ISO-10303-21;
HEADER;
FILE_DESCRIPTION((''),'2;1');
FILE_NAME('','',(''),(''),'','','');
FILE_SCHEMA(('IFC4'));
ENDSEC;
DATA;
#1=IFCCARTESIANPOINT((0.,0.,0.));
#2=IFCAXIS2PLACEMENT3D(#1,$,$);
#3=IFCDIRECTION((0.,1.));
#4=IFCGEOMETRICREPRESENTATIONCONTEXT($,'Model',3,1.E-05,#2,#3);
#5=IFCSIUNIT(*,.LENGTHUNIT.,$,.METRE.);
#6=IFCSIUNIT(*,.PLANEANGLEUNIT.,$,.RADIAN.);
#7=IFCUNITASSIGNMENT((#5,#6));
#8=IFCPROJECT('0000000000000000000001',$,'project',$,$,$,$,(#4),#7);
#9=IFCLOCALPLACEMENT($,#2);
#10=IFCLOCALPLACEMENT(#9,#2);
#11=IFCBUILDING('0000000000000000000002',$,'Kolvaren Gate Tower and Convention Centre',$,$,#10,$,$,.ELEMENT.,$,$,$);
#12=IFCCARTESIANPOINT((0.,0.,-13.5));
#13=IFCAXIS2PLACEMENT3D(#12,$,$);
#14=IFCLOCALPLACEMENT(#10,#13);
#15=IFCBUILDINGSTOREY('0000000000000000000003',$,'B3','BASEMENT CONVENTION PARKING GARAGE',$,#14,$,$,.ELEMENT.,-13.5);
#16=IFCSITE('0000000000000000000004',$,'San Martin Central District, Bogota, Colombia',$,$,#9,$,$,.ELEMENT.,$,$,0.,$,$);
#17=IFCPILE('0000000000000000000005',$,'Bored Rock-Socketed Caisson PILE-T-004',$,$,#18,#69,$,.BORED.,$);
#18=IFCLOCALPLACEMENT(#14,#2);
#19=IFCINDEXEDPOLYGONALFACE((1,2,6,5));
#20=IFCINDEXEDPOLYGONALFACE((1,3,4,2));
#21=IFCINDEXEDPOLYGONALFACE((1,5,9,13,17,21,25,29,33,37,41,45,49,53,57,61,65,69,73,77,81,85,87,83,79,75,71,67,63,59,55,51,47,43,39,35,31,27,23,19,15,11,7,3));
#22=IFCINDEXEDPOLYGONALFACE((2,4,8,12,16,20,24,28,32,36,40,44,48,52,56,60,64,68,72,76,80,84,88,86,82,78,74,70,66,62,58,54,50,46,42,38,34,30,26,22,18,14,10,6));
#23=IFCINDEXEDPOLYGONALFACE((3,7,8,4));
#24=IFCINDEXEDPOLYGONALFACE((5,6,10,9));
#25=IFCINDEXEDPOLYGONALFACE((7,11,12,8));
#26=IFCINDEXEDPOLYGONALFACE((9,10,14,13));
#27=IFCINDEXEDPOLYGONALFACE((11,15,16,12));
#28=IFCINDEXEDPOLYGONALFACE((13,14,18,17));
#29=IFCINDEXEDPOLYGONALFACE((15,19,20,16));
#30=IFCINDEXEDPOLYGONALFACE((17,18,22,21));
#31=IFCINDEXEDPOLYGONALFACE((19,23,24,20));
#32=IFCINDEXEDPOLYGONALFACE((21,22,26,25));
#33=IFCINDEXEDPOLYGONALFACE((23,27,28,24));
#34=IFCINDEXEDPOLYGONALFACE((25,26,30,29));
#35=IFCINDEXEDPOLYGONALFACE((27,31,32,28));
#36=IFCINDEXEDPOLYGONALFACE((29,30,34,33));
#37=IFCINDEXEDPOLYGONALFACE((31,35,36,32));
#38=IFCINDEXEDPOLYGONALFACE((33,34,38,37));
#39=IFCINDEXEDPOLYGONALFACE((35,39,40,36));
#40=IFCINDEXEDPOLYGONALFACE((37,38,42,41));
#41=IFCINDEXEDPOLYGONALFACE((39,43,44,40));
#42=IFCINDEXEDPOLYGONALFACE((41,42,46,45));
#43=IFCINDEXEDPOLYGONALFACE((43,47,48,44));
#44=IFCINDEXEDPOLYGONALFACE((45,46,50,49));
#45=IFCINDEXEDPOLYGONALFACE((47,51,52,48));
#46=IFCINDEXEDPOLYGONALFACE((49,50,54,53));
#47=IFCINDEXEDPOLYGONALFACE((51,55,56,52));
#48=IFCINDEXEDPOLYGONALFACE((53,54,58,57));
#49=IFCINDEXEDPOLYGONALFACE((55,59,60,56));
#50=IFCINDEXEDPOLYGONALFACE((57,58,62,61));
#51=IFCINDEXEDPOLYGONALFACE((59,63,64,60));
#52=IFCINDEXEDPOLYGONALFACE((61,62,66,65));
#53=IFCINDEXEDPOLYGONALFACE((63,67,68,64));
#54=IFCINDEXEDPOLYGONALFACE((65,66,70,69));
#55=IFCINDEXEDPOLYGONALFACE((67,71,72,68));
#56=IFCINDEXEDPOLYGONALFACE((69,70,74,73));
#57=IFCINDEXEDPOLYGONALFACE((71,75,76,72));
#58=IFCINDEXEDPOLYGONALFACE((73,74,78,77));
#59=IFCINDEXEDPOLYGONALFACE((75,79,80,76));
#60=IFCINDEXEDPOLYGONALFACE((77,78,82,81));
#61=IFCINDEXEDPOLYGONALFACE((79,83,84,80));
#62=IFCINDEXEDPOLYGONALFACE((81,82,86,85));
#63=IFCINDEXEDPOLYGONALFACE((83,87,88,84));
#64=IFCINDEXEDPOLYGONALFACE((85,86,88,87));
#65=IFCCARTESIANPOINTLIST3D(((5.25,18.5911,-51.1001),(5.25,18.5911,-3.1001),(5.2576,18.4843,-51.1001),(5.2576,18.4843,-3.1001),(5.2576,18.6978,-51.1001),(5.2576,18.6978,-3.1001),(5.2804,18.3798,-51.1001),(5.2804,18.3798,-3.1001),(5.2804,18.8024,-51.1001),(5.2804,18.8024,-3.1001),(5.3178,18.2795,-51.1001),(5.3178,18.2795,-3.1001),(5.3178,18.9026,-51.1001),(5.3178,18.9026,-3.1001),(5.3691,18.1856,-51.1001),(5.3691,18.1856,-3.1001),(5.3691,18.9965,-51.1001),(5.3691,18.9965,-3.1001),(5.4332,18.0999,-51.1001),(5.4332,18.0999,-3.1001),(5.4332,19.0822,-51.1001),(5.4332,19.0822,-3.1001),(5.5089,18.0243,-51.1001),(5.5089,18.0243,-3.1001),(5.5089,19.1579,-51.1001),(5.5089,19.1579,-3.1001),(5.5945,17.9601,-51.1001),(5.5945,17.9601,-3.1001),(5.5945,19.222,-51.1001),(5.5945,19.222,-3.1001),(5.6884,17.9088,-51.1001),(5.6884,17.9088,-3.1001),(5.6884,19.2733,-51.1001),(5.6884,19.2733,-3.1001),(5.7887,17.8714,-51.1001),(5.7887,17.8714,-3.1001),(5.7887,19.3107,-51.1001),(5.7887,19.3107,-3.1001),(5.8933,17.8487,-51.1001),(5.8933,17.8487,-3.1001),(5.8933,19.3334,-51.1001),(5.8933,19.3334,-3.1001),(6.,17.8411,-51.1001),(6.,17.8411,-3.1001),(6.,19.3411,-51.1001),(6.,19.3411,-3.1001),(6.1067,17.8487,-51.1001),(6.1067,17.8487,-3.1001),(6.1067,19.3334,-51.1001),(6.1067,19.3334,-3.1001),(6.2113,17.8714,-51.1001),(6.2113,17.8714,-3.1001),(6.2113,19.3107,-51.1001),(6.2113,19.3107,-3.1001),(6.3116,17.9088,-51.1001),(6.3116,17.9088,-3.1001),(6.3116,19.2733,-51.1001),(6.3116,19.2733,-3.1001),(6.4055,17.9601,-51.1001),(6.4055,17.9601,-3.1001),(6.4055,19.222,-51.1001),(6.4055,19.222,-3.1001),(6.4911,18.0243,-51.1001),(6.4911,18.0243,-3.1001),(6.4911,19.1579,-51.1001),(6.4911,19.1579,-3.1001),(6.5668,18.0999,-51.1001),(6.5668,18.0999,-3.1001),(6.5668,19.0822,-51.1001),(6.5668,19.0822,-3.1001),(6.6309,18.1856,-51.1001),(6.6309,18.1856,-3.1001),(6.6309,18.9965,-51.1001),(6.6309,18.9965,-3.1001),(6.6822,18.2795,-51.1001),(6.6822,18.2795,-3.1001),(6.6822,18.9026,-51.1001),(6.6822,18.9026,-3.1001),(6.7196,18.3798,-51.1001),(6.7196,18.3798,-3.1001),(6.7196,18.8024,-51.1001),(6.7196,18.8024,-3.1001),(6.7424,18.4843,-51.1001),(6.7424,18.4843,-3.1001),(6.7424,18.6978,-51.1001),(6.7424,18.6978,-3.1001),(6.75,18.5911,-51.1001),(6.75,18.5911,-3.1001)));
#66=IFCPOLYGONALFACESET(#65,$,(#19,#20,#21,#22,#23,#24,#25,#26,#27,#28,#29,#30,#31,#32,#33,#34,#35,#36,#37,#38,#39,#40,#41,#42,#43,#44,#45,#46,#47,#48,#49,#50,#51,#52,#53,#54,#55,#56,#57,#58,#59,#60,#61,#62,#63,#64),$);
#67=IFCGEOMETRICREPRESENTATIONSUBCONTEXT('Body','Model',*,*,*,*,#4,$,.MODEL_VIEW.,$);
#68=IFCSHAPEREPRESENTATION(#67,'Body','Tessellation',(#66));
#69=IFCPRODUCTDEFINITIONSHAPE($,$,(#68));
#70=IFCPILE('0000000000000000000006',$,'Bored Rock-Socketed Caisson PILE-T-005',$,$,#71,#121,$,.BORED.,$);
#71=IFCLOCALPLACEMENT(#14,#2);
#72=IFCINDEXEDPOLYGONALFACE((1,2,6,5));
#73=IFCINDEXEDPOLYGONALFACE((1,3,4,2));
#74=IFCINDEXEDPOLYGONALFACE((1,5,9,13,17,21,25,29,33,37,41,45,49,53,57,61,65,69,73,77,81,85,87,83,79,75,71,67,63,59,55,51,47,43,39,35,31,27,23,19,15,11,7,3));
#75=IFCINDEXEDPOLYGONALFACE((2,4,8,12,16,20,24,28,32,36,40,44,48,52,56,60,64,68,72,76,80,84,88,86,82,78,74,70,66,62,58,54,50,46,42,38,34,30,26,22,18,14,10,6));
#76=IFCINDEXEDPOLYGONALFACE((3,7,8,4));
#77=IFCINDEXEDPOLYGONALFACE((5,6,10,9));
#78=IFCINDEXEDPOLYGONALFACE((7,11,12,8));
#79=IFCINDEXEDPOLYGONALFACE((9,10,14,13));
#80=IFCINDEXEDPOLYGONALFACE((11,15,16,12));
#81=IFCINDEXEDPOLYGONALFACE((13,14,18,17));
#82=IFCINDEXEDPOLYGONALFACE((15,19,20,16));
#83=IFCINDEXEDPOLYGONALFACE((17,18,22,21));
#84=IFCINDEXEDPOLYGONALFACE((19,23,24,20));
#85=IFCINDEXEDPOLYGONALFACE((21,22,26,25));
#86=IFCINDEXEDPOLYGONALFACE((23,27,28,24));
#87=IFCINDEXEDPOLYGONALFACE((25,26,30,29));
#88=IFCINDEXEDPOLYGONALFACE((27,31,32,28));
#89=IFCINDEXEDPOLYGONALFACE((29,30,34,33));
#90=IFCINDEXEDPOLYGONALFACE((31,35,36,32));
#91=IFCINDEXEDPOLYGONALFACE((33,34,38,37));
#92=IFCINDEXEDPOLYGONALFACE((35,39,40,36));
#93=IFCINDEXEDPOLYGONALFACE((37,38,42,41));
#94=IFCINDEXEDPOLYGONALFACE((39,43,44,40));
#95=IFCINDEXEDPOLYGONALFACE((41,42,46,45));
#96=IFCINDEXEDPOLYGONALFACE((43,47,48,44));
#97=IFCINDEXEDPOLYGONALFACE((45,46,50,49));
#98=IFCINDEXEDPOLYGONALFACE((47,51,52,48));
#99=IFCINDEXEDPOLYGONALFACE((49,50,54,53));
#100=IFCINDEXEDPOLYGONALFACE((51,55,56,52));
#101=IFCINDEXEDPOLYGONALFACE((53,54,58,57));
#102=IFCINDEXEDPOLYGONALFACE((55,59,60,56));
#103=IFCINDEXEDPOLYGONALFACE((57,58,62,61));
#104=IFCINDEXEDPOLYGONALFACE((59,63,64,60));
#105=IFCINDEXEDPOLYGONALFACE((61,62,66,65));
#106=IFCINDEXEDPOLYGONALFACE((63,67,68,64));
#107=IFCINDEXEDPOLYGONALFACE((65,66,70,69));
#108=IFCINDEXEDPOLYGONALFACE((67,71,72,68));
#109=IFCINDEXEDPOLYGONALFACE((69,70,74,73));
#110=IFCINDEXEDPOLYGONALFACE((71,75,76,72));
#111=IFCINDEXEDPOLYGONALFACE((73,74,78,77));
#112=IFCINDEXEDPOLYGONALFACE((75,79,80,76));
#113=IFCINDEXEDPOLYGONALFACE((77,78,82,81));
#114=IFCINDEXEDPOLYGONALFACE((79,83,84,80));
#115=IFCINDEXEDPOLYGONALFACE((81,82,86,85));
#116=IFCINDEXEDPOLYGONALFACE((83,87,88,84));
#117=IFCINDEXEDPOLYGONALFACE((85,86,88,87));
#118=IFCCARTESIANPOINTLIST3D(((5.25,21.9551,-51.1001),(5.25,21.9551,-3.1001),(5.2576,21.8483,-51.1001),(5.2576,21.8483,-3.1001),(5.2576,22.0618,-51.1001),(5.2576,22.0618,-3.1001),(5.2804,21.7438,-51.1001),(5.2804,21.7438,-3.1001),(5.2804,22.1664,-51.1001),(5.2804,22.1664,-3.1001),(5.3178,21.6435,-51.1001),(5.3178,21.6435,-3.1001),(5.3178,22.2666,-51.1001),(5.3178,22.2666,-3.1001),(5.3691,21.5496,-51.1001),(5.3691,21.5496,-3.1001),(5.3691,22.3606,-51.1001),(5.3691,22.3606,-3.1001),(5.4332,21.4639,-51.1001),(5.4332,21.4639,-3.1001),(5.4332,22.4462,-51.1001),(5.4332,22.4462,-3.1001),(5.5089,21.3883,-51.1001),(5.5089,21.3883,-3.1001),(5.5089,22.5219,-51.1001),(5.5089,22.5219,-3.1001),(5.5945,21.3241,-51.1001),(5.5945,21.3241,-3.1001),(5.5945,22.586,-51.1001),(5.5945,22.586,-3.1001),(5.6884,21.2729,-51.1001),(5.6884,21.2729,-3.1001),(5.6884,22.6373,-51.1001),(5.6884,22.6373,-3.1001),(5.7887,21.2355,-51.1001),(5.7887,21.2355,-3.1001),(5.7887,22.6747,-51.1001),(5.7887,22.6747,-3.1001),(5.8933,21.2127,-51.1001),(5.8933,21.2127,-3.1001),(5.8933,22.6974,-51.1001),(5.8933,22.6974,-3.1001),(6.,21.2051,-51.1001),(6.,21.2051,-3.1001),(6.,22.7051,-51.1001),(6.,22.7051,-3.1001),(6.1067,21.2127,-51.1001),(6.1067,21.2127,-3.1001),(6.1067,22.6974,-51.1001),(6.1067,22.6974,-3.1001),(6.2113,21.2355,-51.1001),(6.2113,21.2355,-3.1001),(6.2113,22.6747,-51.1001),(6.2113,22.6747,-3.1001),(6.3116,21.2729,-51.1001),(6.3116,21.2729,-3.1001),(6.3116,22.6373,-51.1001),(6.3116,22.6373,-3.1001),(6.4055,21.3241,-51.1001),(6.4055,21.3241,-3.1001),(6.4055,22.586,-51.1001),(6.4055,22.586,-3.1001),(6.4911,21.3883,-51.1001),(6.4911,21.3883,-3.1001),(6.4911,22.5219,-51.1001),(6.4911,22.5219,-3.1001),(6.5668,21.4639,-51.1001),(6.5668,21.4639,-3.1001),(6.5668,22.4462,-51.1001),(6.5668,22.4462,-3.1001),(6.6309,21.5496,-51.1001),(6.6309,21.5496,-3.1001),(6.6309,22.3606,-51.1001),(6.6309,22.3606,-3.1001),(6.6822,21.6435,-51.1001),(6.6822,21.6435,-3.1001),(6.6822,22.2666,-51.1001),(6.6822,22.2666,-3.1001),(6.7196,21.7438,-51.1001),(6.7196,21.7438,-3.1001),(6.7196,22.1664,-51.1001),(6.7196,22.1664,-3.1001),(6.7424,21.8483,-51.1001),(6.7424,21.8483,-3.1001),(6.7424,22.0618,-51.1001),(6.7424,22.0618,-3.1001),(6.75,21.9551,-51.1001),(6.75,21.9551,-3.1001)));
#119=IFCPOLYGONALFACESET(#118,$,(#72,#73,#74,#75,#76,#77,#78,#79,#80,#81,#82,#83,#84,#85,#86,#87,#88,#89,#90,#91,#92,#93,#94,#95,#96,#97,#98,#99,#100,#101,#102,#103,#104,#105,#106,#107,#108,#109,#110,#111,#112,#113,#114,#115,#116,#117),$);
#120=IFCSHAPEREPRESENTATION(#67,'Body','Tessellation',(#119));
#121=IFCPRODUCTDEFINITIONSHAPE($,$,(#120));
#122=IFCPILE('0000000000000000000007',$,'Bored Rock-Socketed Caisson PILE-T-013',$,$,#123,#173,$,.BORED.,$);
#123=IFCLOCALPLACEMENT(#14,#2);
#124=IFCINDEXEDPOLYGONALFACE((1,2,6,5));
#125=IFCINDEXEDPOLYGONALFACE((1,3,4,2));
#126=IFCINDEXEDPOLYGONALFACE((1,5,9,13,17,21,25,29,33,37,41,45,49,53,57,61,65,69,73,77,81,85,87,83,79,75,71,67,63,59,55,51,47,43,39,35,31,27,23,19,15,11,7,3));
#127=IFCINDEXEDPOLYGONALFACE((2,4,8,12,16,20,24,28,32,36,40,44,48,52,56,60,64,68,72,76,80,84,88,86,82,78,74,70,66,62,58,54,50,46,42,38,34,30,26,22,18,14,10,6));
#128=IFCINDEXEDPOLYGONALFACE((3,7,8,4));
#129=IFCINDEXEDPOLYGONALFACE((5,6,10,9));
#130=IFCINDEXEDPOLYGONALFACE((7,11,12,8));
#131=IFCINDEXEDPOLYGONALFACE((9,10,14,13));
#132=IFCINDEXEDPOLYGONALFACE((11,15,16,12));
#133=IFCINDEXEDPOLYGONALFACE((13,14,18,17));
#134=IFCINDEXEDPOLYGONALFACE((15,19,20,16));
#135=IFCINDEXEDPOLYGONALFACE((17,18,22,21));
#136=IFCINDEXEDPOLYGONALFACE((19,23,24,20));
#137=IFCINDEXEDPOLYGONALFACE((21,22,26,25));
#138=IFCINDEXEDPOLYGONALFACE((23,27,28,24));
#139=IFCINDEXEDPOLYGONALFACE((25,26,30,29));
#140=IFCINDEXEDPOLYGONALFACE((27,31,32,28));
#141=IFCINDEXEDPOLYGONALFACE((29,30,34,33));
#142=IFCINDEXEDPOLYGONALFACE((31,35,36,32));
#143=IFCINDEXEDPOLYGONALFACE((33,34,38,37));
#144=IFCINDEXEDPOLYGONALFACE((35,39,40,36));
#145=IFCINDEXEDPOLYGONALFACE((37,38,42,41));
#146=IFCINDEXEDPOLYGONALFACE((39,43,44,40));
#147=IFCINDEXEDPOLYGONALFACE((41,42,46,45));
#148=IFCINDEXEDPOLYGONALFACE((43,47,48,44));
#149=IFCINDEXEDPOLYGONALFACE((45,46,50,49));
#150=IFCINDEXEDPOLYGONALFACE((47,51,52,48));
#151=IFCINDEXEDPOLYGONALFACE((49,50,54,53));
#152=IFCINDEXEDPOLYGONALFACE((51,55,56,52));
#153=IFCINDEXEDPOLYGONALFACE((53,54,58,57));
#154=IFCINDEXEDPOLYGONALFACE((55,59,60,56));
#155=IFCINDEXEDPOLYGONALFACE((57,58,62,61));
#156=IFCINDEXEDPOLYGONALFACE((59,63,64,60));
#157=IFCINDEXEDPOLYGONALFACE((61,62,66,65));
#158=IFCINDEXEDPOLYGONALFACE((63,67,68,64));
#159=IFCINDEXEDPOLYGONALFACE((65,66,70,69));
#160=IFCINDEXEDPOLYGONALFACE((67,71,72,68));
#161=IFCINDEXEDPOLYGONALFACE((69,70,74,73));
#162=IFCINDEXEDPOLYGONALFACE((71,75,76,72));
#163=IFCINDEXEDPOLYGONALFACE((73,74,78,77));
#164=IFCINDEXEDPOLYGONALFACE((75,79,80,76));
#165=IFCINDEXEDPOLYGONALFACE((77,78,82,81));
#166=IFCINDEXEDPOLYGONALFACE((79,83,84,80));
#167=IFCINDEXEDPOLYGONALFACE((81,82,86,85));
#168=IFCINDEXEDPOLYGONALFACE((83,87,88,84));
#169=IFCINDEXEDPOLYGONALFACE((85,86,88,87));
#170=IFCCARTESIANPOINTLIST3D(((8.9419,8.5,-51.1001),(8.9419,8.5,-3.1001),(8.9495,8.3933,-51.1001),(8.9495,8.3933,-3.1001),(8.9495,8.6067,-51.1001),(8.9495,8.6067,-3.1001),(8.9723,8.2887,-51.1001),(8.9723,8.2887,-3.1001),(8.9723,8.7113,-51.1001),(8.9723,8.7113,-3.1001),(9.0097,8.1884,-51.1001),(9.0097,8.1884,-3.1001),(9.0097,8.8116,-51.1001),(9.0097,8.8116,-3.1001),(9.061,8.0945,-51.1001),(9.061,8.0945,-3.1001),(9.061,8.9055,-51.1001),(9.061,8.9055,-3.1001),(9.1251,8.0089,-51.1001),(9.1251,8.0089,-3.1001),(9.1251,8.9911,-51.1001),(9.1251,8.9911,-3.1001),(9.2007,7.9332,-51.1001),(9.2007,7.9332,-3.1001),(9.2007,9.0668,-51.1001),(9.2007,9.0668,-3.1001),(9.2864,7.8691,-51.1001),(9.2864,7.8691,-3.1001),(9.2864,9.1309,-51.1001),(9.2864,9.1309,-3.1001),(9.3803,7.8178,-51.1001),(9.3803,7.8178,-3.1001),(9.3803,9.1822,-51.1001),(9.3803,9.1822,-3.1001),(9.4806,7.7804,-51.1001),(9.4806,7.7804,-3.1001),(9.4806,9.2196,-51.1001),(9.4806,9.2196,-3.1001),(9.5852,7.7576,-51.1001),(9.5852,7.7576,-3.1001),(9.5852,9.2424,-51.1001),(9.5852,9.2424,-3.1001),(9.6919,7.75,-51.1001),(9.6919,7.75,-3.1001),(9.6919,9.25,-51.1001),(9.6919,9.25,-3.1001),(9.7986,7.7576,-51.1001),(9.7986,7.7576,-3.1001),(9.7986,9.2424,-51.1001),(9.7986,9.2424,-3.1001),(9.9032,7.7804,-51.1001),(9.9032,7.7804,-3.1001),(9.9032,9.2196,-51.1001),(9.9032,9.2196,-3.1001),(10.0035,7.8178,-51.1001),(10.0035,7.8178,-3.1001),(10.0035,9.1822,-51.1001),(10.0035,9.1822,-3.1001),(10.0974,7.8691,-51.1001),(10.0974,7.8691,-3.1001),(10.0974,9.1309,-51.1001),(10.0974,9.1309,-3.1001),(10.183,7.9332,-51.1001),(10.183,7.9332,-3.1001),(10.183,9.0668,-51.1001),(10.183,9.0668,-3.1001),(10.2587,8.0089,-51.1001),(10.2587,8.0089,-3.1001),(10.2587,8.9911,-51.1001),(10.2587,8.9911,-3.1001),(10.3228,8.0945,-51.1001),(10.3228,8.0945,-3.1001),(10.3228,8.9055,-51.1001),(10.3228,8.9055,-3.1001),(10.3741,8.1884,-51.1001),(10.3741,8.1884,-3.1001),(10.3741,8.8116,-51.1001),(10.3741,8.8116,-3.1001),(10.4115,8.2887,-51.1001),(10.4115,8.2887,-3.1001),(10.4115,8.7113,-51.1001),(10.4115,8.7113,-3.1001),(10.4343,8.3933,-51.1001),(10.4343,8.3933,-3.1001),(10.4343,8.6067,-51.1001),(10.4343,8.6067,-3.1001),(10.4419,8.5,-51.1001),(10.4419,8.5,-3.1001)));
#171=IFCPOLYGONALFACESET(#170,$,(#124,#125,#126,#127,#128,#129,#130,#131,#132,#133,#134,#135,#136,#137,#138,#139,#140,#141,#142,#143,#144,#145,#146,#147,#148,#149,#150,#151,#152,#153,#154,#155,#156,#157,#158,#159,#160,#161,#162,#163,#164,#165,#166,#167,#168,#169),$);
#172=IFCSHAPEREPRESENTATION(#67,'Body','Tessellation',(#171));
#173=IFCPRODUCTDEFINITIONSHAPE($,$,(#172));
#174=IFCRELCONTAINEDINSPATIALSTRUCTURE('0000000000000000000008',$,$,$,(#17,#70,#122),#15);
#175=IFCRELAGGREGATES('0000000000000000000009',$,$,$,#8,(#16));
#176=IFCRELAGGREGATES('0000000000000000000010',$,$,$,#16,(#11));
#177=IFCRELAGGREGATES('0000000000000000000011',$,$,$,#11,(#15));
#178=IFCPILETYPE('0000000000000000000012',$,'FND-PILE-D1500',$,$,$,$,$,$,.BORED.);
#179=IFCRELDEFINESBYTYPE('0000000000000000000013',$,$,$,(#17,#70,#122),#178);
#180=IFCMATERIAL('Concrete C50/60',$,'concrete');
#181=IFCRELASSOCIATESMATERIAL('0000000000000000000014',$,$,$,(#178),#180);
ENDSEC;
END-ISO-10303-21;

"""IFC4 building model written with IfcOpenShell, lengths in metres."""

from ifc_helpers import new_model, si_unit, direction, frame, origin, origin_2d, place, context, subcontext, project, spatial, circle, extrude, material, material_profile, profile_set, type_object, element, save


model = new_model("IFC4")

# Units and contexts
model_context = context("Model", 3, precision=1e-05, world=origin(), true_north=direction((0.0, 1.0)))
body_context = subcontext(model_context, "Body", "Model", "MODEL_VIEW")
ifc_project = project(units=[si_unit("LENGTHUNIT", "METRE"), si_unit("PLANEANGLEUNIT", "RADIAN")], contexts=[model_context])

# Site, building, storey
site_placement = place(None, origin())
site = spatial("IfcSite", under=ifc_project, at=site_placement, Name="San Martin Central District, Bogota, Colombia", CompositionType="ELEMENT", RefElevation=0.0)
building_placement = place(site_placement, origin())
building = spatial("IfcBuilding", under=site, at=building_placement, Name="Kolvaren Gate Tower and Convention Centre", CompositionType="ELEMENT")
storey_placement = place(building_placement, frame((0.0, 0.0, -13.5)))
storey = spatial("IfcBuildingStorey", under=building, at=storey_placement, Name="B3", Description="BASEMENT CONVENTION PARKING GARAGE", CompositionType="ELEMENT", Elevation=-13.5)

# Piles
ifc_material_1 = material(Name="Concrete C50/60", Category="concrete")
ifc_material_profile_1 = material_profile(ifc_material_1, circle(Radius=0.75, at=origin_2d()), Name="CAISSON-D1500")
ifc_profile_set_1 = profile_set([ifc_material_profile_1], Name="Concrete C50/60")
pile_type = type_object("IfcPileType", Name="FND-PILE-D1500", PredefinedType="BORED", material=ifc_profile_set_1)
for number, where, z_axis, x_axis, name in (
    (1, (6.0, 18.5911, -3.1001), (0.0, 0.0, -1.0), (1.0, 0.0, 0.0), "Bored Rock-Socketed Caisson PILE-T-004"),
    (2, (6.0, 21.9551, -3.1001), (0.0, 0.0, -1.0), (1.0, 0.0, 0.0), "Bored Rock-Socketed Caisson PILE-T-005"),
    (3, (9.6919, 8.5, -3.1001), (0.0, 0.0, -1.0), (1.0, 0.0, 0.0), "Bored Rock-Socketed Caisson PILE-T-013"),
):
    element("IfcPile", number, at=place(storey_placement, frame(where, z_axis=z_axis, x_axis=x_axis)), inside=storey, type_object=pile_type, Name=name, PredefinedType="BORED", context=body_context, shape_type="SweptSolid", body=[
        extrude(circle(Radius=0.75, at=origin_2d()), origin(), (0.0, 0.0, 1.0), 48.0),
    ])

save(model, "model.ifc")
